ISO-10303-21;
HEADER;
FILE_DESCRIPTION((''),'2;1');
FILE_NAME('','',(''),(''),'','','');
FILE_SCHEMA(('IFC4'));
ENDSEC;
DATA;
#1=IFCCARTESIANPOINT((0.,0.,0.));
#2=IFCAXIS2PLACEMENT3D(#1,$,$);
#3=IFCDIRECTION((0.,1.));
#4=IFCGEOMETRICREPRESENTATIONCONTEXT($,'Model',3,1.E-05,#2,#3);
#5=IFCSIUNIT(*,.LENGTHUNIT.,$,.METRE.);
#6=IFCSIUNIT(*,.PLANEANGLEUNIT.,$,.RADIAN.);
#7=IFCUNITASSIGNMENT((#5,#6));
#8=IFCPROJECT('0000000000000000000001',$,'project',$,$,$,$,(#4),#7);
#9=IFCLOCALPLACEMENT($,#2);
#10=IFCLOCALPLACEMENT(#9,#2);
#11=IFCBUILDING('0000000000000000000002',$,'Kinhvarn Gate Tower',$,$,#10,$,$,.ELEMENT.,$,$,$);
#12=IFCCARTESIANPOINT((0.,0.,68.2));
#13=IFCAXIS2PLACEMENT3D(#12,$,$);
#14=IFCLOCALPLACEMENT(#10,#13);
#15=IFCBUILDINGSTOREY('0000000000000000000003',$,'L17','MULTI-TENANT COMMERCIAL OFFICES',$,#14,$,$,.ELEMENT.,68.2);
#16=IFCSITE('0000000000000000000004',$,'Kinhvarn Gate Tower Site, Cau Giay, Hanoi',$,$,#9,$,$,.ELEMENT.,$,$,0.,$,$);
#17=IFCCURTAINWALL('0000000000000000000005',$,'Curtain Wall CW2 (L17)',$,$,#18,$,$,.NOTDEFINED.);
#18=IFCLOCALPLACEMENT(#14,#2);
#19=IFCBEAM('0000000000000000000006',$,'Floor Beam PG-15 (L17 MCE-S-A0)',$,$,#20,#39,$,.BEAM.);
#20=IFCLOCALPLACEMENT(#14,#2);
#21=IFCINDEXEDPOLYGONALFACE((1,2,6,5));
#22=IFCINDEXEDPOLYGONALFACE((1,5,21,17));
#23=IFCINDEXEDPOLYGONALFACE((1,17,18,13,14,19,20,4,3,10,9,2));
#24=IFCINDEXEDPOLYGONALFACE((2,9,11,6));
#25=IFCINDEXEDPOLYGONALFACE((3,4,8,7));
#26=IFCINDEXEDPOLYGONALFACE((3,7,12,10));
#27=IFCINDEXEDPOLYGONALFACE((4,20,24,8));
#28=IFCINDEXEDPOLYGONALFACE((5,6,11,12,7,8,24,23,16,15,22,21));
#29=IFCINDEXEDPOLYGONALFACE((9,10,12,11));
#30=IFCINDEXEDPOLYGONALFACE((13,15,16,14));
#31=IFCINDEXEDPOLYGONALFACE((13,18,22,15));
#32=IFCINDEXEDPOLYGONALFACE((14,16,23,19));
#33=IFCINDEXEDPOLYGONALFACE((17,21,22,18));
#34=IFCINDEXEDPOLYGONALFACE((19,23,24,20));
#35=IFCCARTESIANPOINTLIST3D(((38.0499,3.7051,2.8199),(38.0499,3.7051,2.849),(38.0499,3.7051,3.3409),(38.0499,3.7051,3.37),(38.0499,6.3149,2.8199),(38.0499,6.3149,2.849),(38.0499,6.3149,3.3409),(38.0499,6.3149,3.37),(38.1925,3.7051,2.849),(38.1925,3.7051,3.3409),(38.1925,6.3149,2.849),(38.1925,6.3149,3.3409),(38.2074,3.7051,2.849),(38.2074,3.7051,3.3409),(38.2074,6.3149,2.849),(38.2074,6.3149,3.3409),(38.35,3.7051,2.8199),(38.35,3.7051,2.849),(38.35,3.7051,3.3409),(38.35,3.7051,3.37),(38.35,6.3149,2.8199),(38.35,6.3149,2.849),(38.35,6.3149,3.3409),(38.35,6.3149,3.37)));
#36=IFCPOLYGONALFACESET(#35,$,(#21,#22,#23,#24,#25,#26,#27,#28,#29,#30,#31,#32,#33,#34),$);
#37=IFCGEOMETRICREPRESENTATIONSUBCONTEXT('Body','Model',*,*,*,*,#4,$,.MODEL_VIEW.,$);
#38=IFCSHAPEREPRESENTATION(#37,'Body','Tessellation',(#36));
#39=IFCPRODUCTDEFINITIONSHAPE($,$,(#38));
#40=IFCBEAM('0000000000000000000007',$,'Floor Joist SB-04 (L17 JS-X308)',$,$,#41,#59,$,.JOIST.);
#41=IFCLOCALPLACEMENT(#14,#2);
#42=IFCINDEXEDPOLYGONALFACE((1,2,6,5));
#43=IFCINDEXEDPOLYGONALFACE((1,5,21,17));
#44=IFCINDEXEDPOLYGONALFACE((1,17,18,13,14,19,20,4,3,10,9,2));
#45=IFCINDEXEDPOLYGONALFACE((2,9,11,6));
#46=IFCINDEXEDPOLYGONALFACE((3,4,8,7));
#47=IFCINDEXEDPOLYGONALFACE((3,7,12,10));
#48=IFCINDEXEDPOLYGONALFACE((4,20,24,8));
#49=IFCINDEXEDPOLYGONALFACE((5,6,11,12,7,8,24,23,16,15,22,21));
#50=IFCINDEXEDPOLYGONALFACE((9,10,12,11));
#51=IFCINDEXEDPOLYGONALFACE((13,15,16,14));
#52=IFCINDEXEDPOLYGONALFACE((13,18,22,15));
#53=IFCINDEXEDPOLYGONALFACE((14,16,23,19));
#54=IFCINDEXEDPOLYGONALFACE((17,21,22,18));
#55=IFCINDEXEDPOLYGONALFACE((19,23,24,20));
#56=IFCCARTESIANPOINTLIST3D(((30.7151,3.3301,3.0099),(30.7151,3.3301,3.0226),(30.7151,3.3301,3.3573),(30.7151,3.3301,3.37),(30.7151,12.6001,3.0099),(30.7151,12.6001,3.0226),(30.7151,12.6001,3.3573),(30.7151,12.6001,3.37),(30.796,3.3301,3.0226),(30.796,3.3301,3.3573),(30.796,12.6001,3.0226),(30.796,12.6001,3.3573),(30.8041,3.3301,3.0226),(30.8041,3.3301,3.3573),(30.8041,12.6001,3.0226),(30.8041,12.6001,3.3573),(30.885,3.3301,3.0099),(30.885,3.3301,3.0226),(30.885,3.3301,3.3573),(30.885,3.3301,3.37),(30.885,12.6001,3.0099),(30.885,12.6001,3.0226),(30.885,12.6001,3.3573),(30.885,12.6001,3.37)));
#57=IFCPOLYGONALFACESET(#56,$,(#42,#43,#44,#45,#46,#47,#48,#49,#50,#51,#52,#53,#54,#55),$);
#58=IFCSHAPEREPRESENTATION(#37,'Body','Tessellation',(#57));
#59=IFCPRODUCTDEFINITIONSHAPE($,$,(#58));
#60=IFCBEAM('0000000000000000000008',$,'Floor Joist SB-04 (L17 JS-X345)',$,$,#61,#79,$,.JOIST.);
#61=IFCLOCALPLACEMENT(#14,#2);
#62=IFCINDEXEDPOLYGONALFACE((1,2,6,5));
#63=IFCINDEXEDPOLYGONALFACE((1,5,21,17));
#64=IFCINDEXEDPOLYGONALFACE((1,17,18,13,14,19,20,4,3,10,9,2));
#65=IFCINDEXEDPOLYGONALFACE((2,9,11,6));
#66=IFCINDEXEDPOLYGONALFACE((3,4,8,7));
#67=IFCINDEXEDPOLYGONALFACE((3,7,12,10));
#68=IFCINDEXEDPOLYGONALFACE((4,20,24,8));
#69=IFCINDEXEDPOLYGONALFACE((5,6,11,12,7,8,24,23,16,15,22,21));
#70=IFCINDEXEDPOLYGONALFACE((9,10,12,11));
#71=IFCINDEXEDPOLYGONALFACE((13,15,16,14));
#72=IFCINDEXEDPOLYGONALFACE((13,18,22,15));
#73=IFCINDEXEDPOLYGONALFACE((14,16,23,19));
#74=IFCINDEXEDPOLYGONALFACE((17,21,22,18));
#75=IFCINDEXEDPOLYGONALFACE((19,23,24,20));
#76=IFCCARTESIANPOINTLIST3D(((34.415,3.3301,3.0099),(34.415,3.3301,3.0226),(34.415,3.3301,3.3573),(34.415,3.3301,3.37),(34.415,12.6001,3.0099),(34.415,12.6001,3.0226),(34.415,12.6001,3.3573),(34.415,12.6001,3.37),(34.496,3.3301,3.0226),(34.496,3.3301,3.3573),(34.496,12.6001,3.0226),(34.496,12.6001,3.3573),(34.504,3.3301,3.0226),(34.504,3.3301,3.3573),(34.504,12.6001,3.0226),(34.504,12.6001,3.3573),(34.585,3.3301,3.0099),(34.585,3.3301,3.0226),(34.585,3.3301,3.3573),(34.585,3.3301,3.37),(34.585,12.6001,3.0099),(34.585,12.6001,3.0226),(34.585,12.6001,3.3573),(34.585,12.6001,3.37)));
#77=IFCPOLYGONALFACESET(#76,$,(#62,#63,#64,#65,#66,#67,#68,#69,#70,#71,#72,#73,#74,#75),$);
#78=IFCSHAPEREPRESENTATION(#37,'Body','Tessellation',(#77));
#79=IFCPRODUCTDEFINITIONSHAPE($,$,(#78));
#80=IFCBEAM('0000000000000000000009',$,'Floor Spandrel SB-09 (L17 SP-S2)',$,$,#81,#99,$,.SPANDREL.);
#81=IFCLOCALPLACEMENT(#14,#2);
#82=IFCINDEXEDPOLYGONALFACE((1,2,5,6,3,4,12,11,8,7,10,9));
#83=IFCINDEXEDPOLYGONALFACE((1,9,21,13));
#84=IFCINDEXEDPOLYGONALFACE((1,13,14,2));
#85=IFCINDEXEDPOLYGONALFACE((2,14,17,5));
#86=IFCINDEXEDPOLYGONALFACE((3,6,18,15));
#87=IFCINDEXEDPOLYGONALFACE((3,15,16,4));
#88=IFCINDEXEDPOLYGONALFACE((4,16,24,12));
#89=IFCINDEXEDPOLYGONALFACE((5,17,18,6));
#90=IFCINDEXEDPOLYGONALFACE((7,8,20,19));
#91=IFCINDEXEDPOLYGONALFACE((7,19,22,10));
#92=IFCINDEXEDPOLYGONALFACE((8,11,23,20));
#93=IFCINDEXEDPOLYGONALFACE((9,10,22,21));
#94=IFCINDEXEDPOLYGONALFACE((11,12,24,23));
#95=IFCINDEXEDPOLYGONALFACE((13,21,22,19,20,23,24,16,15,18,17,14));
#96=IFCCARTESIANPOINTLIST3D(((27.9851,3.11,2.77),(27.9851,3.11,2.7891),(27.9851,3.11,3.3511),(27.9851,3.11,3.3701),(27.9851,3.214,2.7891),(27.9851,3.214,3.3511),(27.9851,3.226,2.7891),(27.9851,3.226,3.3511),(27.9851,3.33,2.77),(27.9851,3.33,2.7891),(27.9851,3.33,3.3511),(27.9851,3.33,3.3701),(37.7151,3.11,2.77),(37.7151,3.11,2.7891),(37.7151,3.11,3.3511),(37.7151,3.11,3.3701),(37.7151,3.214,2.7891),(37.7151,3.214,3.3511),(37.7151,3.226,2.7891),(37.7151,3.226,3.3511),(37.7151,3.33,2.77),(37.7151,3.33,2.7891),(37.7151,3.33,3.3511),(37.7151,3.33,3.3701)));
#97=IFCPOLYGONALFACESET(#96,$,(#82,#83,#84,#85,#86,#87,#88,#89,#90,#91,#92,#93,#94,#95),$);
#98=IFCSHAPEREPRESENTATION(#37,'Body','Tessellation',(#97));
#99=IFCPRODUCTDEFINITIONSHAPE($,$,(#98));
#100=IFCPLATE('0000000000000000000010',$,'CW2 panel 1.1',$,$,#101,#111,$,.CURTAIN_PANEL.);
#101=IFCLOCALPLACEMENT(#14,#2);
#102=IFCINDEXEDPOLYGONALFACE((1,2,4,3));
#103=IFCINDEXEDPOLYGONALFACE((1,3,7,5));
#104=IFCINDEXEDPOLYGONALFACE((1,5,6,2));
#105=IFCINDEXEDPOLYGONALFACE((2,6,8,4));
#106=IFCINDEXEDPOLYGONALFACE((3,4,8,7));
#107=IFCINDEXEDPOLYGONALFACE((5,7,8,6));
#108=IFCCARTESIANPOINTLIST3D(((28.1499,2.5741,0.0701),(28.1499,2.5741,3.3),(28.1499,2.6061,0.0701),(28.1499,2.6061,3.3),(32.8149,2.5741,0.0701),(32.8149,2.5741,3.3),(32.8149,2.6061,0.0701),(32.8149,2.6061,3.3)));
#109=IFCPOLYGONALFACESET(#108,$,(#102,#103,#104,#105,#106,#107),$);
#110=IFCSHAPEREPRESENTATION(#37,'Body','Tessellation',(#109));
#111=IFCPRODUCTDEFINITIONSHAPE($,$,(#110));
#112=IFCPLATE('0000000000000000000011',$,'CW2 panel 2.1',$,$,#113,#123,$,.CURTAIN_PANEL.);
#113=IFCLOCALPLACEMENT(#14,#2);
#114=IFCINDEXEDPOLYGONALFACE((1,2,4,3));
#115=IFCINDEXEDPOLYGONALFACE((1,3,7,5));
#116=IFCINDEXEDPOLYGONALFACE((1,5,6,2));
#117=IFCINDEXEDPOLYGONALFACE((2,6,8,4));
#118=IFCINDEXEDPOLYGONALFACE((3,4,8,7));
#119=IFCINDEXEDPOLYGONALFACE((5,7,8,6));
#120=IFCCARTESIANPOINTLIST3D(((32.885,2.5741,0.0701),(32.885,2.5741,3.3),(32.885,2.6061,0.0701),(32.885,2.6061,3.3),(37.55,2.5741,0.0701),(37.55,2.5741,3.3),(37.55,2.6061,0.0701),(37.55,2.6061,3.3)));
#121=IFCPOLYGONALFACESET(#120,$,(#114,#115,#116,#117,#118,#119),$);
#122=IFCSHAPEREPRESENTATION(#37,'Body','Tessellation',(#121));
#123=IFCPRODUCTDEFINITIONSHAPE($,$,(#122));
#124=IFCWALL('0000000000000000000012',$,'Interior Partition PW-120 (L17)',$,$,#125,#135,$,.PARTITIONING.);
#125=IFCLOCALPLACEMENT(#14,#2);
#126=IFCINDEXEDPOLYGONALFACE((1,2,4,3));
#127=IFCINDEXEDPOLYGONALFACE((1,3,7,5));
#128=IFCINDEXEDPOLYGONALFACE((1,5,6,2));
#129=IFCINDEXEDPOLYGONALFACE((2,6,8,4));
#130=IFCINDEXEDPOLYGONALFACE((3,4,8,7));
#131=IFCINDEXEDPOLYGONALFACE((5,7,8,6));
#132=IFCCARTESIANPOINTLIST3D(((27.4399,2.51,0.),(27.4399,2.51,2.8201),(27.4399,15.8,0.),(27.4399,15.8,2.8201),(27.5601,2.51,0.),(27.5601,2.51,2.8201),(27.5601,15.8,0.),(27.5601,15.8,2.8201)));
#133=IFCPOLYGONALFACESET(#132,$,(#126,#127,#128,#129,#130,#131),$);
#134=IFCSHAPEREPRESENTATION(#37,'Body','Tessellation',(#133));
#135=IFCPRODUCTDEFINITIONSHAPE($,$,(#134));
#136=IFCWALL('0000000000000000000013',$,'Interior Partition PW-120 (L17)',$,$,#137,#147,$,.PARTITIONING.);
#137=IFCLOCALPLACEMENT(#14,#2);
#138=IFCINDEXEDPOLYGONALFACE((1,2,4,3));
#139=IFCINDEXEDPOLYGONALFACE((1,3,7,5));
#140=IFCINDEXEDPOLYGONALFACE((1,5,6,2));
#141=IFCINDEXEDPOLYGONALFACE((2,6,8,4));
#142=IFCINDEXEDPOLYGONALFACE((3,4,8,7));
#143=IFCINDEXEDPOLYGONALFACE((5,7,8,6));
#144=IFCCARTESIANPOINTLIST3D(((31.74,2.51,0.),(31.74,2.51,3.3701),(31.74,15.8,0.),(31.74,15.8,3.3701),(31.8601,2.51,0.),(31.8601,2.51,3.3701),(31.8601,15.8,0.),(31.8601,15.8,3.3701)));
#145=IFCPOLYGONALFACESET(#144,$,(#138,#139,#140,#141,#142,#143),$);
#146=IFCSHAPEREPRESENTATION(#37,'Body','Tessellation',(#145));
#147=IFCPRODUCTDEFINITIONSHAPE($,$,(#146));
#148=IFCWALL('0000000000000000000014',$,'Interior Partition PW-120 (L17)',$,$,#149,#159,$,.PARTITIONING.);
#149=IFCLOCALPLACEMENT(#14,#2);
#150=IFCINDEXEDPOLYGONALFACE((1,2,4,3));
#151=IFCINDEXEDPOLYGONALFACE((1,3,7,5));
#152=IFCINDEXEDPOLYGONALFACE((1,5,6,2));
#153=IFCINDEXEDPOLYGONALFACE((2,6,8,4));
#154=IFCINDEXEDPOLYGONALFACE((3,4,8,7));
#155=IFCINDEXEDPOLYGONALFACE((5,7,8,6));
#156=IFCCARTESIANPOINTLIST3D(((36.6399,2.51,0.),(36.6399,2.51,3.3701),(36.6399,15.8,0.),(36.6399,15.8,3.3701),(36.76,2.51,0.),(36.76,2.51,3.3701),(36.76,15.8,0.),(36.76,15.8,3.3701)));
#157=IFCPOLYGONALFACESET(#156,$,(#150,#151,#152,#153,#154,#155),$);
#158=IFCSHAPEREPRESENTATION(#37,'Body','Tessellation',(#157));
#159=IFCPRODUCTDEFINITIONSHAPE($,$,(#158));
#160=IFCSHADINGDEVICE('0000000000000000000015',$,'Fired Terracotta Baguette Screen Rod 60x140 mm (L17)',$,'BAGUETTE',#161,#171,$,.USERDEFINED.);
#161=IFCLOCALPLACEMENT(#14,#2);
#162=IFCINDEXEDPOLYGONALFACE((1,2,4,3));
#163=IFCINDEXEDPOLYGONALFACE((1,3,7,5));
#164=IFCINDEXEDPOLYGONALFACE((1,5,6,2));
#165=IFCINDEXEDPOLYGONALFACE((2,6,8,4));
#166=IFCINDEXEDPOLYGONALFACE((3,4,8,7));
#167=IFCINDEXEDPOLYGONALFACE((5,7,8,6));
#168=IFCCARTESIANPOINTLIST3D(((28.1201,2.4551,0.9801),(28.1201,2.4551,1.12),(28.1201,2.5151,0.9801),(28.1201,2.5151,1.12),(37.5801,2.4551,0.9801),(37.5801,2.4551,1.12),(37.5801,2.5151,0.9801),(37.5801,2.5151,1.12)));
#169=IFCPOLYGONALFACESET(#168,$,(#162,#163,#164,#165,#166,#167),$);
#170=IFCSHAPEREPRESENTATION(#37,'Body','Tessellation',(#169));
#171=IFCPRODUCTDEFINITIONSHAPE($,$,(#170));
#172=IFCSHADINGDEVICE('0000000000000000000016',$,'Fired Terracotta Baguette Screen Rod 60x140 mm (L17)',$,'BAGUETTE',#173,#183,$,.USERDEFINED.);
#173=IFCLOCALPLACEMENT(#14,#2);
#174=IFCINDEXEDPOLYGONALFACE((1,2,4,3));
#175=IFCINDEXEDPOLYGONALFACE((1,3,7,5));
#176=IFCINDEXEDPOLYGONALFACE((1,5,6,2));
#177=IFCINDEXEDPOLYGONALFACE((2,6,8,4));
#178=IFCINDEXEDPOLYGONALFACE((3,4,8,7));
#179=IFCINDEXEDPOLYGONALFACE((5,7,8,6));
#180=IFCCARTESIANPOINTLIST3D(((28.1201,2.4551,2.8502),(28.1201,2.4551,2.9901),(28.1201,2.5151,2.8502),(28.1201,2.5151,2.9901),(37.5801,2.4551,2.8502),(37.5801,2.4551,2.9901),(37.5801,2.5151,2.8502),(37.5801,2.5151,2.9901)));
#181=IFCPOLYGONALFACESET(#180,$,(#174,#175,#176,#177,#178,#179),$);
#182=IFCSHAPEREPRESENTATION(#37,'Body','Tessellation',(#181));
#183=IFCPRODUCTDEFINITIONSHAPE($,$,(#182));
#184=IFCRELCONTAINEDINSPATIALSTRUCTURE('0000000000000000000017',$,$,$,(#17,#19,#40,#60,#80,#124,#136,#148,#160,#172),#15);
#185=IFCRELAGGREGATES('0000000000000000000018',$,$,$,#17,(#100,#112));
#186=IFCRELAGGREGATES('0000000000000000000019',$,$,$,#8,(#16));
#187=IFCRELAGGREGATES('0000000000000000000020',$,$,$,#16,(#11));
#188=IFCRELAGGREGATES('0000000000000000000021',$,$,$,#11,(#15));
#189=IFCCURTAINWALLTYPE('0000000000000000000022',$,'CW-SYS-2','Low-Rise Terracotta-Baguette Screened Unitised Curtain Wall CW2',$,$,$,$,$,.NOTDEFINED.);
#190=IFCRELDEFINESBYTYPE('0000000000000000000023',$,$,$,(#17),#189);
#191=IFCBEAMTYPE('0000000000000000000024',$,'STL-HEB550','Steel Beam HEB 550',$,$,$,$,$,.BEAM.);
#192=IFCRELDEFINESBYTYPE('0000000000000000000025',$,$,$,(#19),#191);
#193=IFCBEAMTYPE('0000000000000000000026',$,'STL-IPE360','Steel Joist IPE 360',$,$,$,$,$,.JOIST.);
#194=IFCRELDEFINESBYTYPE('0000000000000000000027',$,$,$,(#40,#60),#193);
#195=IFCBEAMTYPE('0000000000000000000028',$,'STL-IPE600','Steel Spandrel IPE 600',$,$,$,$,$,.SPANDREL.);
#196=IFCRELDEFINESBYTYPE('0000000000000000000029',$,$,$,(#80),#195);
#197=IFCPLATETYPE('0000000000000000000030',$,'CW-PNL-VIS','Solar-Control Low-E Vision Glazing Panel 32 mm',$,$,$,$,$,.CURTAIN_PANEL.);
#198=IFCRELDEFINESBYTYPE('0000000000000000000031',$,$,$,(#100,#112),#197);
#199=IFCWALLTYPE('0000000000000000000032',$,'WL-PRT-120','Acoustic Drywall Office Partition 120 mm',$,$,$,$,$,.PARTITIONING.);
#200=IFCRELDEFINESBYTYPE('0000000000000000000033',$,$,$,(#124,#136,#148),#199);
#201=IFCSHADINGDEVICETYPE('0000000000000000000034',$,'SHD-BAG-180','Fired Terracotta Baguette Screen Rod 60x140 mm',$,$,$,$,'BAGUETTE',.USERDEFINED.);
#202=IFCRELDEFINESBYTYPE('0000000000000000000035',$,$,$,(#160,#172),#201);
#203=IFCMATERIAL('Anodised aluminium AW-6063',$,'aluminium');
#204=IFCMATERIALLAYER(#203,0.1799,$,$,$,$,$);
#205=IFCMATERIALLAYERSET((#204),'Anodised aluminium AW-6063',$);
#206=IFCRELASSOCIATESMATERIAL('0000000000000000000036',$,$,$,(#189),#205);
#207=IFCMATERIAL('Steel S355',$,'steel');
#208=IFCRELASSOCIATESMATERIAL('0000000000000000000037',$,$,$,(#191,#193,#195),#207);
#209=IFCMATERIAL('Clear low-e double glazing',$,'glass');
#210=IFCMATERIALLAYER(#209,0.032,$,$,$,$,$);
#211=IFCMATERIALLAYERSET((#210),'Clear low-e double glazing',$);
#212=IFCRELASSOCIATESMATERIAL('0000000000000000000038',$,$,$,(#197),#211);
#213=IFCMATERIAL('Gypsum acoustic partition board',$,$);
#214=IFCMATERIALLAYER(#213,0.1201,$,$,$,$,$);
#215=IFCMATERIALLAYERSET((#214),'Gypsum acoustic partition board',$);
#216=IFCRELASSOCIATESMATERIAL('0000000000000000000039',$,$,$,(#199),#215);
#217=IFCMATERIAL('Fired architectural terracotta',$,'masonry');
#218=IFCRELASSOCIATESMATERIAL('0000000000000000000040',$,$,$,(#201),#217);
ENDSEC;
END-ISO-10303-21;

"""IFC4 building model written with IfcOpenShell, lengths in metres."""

from ifc_helpers import new_model, si_unit, direction, frame, frame_2d, origin, origin_2d, place, context, subcontext, project, spatial, rectangle, i_section, extrude, material, layer, layer_set, material_profile, profile_set, type_object, element, aggregate, save


model = new_model("IFC4")

# Units and contexts
model_context = context("Model", 3, precision=1e-05, world=origin(), true_north=direction((0.0, 1.0)))
body_context = subcontext(model_context, "Body", "Model", "MODEL_VIEW")
ifc_project = project(units=[si_unit("LENGTHUNIT", "METRE"), si_unit("PLANEANGLEUNIT", "RADIAN")], contexts=[model_context])

# Site, building, storey
site_placement = place(None, origin())
site = spatial("IfcSite", under=ifc_project, at=site_placement, Name="Kinhvarn Gate Tower Site, Cau Giay, Hanoi", CompositionType="ELEMENT", RefElevation=0.0)
building_placement = place(site_placement, origin())
building = spatial("IfcBuilding", under=site, at=building_placement, Name="Kinhvarn Gate Tower", CompositionType="ELEMENT")
storey_placement = place(building_placement, frame((0.0, 0.0, 68.2)))
storey = spatial("IfcBuildingStorey", under=building, at=storey_placement, Name="L17", Description="MULTI-TENANT COMMERCIAL OFFICES", CompositionType="ELEMENT", Elevation=68.2)

# Shared definitions
ifc_material_1 = material(Name="Anodised aluminium AW-6063", Category="aluminium")
ifc_layer_1 = layer(ifc_material_1, 0.1799)
ifc_layer_set_1 = layer_set([ifc_layer_1], Name="Anodised aluminium AW-6063")
curtain_wall_type = type_object("IfcCurtainWallType", Name="CW-SYS-2", Description="Low-Rise Terracotta-Baguette Screened Unitised Curtain Wall CW2", PredefinedType="NOTDEFINED", material=ifc_layer_set_1)

# Curtain wall
curtain_wall_1_placement = place(storey_placement, origin())
curtain_wall_1 = element("IfcCurtainWall", 1, at=curtain_wall_1_placement, inside=storey, type_object=curtain_wall_type, Name="Curtain Wall CW2 (L17)", PredefinedType="NOTDEFINED")

# Beams
ifc_material_2 = material(Name="Steel S355", Category="steel")
ifc_material_profile_1 = material_profile(ifc_material_2, i_section(OverallWidth=0.3, OverallDepth=0.55, WebThickness=0.0149, FlangeThickness=0.0291, at=origin_2d()), Name="HEB 550")
ifc_profile_set_1 = profile_set([ifc_material_profile_1], Name="Steel S355")
beam_type_1 = type_object("IfcBeamType", Name="STL-HEB550", Description="Steel Beam HEB 550", PredefinedType="BEAM", material=ifc_profile_set_1)
beam_1_placement = place(storey_placement, frame((38.2, 3.7051, 3.095), z_axis=(0.0, 1.0, 0.0), x_axis=(-1.0, 0.0, 0.0)))
element("IfcBeam", 2, at=beam_1_placement, inside=storey, type_object=beam_type_1, Name="Floor Beam PG-15 (L17 MCE-S-A0)", PredefinedType="BEAM", context=body_context, shape_type="SweptSolid", body=[
    extrude(i_section(OverallWidth=0.3, OverallDepth=0.55, WebThickness=0.0149, FlangeThickness=0.0291, at=origin_2d()), origin(), (0.0, 0.0, 1.0), 2.6099),
])
ifc_material_profile_2 = material_profile(ifc_material_2, i_section(OverallWidth=0.1699, OverallDepth=0.3601, WebThickness=0.0081, FlangeThickness=0.0127, at=origin_2d()), Name="IPE 360")
ifc_profile_set_2 = profile_set([ifc_material_profile_2], Name="Steel S355")
beam_type_2 = type_object("IfcBeamType", Name="STL-IPE360", Description="Steel Joist IPE 360", PredefinedType="JOIST", material=ifc_profile_set_2)
for number, where, z_axis, x_axis, name in (
    (3, (30.8, 3.3301, 3.1899), (0.0, 1.0, 0.0), (-1.0, 0.0, 0.0), "Floor Joist SB-04 (L17 JS-X308)"),
    (4, (34.5, 3.3301, 3.1899), (0.0, 1.0, 0.0), (-1.0, 0.0, 0.0), "Floor Joist SB-04 (L17 JS-X345)"),
):
    element("IfcBeam", number, at=place(storey_placement, frame(where, z_axis=z_axis, x_axis=x_axis)), inside=storey, type_object=beam_type_2, Name=name, PredefinedType="JOIST", context=body_context, shape_type="SweptSolid", body=[
        extrude(i_section(OverallWidth=0.1699, OverallDepth=0.3601, WebThickness=0.0081, FlangeThickness=0.0127, at=origin_2d()), origin(), (0.0, 0.0, 1.0), 9.27),
    ])
ifc_material_profile_3 = material_profile(ifc_material_2, i_section(OverallWidth=0.22, OverallDepth=0.6001, WebThickness=0.012, FlangeThickness=0.019, at=origin_2d()), Name="IPE 600")
ifc_profile_set_3 = profile_set([ifc_material_profile_3], Name="Steel S355")
beam_type_3 = type_object("IfcBeamType", Name="STL-IPE600", Description="Steel Spandrel IPE 600", PredefinedType="SPANDREL", material=ifc_profile_set_3)
beam_2_placement = place(storey_placement, frame((27.9851, 3.22, 3.0701), z_axis=(1.0, 0.0, 0.0), x_axis=(0.0, 1.0, 0.0)))
element("IfcBeam", 5, at=beam_2_placement, inside=storey, type_object=beam_type_3, Name="Floor Spandrel SB-09 (L17 SP-S2)", PredefinedType="SPANDREL", context=body_context, shape_type="SweptSolid", body=[
    extrude(i_section(OverallWidth=0.22, OverallDepth=0.6001, WebThickness=0.012, FlangeThickness=0.019, at=origin_2d()), origin(), (0.0, 0.0, 1.0), 9.73),
])

# Plates
ifc_material_3 = material(Name="Clear low-e double glazing", Category="glass")
ifc_layer_2 = layer(ifc_material_3, 0.032)
ifc_layer_set_2 = layer_set([ifc_layer_2], Name="Clear low-e double glazing")
plate_type = type_object("IfcPlateType", Name="CW-PNL-VIS", Description="Solar-Control Low-E Vision Glazing Panel 32 mm", PredefinedType="CURTAIN_PANEL", material=ifc_layer_set_2)
plate_1_placement = place(storey_placement, frame((30.4824, 2.5901, 0.0701), z_axis=(0.0, 0.0, 1.0), x_axis=(1.0, 0.0, 0.0)))
plate_1 = element("IfcPlate", 6, at=plate_1_placement, type_object=plate_type, Name="CW2 panel 1.1", PredefinedType="CURTAIN_PANEL", context=body_context, shape_type="SweptSolid", body=[
    extrude(rectangle(XDim=4.665, YDim=0.032, at=origin_2d()), origin(), (0.0, 0.0, 1.0), 3.23),
])
plate_2_placement = place(storey_placement, frame((35.2175, 2.5901, 0.0701), z_axis=(0.0, 0.0, 1.0), x_axis=(1.0, 0.0, 0.0)))
plate_2 = element("IfcPlate", 7, at=plate_2_placement, type_object=plate_type, Name="CW2 panel 2.1", PredefinedType="CURTAIN_PANEL", context=body_context, shape_type="SweptSolid", body=[
    extrude(rectangle(XDim=4.665, YDim=0.032, at=origin_2d()), origin(), (0.0, 0.0, 1.0), 3.23),
])
aggregate(curtain_wall_1, [plate_1, plate_2])

# Walls
ifc_material_4 = material(Name="Gypsum acoustic partition board")
ifc_layer_3 = layer(ifc_material_4, 0.1201)
ifc_layer_set_3 = layer_set([ifc_layer_3], Name="Gypsum acoustic partition board")
wall_type = type_object("IfcWallType", Name="WL-PRT-120", Description="Acoustic Drywall Office Partition 120 mm", PredefinedType="PARTITIONING", material=ifc_layer_set_3)
wall_placement = place(storey_placement, frame((27.5, 2.51, 0.0), z_axis=(0.0, 0.0, 1.0), x_axis=(0.0, 1.0, 0.0)))
element("IfcWall", 8, at=wall_placement, inside=storey, type_object=wall_type, Name="Interior Partition PW-120 (L17)", PredefinedType="PARTITIONING", context=body_context, shape_type="SweptSolid", body=[
    extrude(rectangle(XDim=13.29, YDim=0.1201, at=frame_2d((6.645, 0.0))), origin(), (0.0, 0.0, 1.0), 2.8201),
])
for number, where, z_axis, x_axis, name in (
    (9, (31.8, 2.51, 0.0), (0.0, 0.0, 1.0), (0.0, 1.0, 0.0), "Interior Partition PW-120 (L17)"),
    (10, (36.7, 2.51, 0.0), (0.0, 0.0, 1.0), (0.0, 1.0, 0.0), "Interior Partition PW-120 (L17)"),
):
    element("IfcWall", number, at=place(storey_placement, frame(where, z_axis=z_axis, x_axis=x_axis)), inside=storey, type_object=wall_type, Name=name, PredefinedType="PARTITIONING", context=body_context, shape_type="SweptSolid", body=[
        extrude(rectangle(XDim=13.29, YDim=0.1201, at=frame_2d((6.645, 0.0))), origin(), (0.0, 0.0, 1.0), 3.3701),
    ])

# Shading devices
ifc_material_5 = material(Name="Fired architectural terracotta", Category="masonry")
ifc_material_profile_4 = material_profile(ifc_material_5, rectangle(XDim=0.0601, YDim=0.1399, at=origin_2d()), Name="TC 60x140")
ifc_profile_set_4 = profile_set([ifc_material_profile_4], Name="Fired architectural terracotta")
shading_device_type = type_object("IfcShadingDeviceType", Name="SHD-BAG-180", Description="Fired Terracotta Baguette Screen Rod 60x140 mm", ElementType="BAGUETTE", PredefinedType="USERDEFINED", material=ifc_profile_set_4)
for number, where, z_axis, x_axis, name in (
    (11, (28.1201, 2.4851, 1.05), (1.0, 0.0, 0.0), (0.0, 1.0, 0.0), "Fired Terracotta Baguette Screen Rod 60x140 mm (L17)"),
    (12, (28.1201, 2.4851, 2.9202), (1.0, 0.0, 0.0), (0.0, 1.0, 0.0), "Fired Terracotta Baguette Screen Rod 60x140 mm (L17)"),
):
    element("IfcShadingDevice", number, at=place(storey_placement, frame(where, z_axis=z_axis, x_axis=x_axis)), inside=storey, type_object=shading_device_type, Name=name, ObjectType="BAGUETTE", PredefinedType="USERDEFINED", context=body_context, shape_type="SweptSolid", body=[
        extrude(rectangle(XDim=0.0601, YDim=0.1399, at=origin_2d()), origin(), (0.0, 0.0, 1.0), 9.46),
    ])

save(model, "model.ifc")
